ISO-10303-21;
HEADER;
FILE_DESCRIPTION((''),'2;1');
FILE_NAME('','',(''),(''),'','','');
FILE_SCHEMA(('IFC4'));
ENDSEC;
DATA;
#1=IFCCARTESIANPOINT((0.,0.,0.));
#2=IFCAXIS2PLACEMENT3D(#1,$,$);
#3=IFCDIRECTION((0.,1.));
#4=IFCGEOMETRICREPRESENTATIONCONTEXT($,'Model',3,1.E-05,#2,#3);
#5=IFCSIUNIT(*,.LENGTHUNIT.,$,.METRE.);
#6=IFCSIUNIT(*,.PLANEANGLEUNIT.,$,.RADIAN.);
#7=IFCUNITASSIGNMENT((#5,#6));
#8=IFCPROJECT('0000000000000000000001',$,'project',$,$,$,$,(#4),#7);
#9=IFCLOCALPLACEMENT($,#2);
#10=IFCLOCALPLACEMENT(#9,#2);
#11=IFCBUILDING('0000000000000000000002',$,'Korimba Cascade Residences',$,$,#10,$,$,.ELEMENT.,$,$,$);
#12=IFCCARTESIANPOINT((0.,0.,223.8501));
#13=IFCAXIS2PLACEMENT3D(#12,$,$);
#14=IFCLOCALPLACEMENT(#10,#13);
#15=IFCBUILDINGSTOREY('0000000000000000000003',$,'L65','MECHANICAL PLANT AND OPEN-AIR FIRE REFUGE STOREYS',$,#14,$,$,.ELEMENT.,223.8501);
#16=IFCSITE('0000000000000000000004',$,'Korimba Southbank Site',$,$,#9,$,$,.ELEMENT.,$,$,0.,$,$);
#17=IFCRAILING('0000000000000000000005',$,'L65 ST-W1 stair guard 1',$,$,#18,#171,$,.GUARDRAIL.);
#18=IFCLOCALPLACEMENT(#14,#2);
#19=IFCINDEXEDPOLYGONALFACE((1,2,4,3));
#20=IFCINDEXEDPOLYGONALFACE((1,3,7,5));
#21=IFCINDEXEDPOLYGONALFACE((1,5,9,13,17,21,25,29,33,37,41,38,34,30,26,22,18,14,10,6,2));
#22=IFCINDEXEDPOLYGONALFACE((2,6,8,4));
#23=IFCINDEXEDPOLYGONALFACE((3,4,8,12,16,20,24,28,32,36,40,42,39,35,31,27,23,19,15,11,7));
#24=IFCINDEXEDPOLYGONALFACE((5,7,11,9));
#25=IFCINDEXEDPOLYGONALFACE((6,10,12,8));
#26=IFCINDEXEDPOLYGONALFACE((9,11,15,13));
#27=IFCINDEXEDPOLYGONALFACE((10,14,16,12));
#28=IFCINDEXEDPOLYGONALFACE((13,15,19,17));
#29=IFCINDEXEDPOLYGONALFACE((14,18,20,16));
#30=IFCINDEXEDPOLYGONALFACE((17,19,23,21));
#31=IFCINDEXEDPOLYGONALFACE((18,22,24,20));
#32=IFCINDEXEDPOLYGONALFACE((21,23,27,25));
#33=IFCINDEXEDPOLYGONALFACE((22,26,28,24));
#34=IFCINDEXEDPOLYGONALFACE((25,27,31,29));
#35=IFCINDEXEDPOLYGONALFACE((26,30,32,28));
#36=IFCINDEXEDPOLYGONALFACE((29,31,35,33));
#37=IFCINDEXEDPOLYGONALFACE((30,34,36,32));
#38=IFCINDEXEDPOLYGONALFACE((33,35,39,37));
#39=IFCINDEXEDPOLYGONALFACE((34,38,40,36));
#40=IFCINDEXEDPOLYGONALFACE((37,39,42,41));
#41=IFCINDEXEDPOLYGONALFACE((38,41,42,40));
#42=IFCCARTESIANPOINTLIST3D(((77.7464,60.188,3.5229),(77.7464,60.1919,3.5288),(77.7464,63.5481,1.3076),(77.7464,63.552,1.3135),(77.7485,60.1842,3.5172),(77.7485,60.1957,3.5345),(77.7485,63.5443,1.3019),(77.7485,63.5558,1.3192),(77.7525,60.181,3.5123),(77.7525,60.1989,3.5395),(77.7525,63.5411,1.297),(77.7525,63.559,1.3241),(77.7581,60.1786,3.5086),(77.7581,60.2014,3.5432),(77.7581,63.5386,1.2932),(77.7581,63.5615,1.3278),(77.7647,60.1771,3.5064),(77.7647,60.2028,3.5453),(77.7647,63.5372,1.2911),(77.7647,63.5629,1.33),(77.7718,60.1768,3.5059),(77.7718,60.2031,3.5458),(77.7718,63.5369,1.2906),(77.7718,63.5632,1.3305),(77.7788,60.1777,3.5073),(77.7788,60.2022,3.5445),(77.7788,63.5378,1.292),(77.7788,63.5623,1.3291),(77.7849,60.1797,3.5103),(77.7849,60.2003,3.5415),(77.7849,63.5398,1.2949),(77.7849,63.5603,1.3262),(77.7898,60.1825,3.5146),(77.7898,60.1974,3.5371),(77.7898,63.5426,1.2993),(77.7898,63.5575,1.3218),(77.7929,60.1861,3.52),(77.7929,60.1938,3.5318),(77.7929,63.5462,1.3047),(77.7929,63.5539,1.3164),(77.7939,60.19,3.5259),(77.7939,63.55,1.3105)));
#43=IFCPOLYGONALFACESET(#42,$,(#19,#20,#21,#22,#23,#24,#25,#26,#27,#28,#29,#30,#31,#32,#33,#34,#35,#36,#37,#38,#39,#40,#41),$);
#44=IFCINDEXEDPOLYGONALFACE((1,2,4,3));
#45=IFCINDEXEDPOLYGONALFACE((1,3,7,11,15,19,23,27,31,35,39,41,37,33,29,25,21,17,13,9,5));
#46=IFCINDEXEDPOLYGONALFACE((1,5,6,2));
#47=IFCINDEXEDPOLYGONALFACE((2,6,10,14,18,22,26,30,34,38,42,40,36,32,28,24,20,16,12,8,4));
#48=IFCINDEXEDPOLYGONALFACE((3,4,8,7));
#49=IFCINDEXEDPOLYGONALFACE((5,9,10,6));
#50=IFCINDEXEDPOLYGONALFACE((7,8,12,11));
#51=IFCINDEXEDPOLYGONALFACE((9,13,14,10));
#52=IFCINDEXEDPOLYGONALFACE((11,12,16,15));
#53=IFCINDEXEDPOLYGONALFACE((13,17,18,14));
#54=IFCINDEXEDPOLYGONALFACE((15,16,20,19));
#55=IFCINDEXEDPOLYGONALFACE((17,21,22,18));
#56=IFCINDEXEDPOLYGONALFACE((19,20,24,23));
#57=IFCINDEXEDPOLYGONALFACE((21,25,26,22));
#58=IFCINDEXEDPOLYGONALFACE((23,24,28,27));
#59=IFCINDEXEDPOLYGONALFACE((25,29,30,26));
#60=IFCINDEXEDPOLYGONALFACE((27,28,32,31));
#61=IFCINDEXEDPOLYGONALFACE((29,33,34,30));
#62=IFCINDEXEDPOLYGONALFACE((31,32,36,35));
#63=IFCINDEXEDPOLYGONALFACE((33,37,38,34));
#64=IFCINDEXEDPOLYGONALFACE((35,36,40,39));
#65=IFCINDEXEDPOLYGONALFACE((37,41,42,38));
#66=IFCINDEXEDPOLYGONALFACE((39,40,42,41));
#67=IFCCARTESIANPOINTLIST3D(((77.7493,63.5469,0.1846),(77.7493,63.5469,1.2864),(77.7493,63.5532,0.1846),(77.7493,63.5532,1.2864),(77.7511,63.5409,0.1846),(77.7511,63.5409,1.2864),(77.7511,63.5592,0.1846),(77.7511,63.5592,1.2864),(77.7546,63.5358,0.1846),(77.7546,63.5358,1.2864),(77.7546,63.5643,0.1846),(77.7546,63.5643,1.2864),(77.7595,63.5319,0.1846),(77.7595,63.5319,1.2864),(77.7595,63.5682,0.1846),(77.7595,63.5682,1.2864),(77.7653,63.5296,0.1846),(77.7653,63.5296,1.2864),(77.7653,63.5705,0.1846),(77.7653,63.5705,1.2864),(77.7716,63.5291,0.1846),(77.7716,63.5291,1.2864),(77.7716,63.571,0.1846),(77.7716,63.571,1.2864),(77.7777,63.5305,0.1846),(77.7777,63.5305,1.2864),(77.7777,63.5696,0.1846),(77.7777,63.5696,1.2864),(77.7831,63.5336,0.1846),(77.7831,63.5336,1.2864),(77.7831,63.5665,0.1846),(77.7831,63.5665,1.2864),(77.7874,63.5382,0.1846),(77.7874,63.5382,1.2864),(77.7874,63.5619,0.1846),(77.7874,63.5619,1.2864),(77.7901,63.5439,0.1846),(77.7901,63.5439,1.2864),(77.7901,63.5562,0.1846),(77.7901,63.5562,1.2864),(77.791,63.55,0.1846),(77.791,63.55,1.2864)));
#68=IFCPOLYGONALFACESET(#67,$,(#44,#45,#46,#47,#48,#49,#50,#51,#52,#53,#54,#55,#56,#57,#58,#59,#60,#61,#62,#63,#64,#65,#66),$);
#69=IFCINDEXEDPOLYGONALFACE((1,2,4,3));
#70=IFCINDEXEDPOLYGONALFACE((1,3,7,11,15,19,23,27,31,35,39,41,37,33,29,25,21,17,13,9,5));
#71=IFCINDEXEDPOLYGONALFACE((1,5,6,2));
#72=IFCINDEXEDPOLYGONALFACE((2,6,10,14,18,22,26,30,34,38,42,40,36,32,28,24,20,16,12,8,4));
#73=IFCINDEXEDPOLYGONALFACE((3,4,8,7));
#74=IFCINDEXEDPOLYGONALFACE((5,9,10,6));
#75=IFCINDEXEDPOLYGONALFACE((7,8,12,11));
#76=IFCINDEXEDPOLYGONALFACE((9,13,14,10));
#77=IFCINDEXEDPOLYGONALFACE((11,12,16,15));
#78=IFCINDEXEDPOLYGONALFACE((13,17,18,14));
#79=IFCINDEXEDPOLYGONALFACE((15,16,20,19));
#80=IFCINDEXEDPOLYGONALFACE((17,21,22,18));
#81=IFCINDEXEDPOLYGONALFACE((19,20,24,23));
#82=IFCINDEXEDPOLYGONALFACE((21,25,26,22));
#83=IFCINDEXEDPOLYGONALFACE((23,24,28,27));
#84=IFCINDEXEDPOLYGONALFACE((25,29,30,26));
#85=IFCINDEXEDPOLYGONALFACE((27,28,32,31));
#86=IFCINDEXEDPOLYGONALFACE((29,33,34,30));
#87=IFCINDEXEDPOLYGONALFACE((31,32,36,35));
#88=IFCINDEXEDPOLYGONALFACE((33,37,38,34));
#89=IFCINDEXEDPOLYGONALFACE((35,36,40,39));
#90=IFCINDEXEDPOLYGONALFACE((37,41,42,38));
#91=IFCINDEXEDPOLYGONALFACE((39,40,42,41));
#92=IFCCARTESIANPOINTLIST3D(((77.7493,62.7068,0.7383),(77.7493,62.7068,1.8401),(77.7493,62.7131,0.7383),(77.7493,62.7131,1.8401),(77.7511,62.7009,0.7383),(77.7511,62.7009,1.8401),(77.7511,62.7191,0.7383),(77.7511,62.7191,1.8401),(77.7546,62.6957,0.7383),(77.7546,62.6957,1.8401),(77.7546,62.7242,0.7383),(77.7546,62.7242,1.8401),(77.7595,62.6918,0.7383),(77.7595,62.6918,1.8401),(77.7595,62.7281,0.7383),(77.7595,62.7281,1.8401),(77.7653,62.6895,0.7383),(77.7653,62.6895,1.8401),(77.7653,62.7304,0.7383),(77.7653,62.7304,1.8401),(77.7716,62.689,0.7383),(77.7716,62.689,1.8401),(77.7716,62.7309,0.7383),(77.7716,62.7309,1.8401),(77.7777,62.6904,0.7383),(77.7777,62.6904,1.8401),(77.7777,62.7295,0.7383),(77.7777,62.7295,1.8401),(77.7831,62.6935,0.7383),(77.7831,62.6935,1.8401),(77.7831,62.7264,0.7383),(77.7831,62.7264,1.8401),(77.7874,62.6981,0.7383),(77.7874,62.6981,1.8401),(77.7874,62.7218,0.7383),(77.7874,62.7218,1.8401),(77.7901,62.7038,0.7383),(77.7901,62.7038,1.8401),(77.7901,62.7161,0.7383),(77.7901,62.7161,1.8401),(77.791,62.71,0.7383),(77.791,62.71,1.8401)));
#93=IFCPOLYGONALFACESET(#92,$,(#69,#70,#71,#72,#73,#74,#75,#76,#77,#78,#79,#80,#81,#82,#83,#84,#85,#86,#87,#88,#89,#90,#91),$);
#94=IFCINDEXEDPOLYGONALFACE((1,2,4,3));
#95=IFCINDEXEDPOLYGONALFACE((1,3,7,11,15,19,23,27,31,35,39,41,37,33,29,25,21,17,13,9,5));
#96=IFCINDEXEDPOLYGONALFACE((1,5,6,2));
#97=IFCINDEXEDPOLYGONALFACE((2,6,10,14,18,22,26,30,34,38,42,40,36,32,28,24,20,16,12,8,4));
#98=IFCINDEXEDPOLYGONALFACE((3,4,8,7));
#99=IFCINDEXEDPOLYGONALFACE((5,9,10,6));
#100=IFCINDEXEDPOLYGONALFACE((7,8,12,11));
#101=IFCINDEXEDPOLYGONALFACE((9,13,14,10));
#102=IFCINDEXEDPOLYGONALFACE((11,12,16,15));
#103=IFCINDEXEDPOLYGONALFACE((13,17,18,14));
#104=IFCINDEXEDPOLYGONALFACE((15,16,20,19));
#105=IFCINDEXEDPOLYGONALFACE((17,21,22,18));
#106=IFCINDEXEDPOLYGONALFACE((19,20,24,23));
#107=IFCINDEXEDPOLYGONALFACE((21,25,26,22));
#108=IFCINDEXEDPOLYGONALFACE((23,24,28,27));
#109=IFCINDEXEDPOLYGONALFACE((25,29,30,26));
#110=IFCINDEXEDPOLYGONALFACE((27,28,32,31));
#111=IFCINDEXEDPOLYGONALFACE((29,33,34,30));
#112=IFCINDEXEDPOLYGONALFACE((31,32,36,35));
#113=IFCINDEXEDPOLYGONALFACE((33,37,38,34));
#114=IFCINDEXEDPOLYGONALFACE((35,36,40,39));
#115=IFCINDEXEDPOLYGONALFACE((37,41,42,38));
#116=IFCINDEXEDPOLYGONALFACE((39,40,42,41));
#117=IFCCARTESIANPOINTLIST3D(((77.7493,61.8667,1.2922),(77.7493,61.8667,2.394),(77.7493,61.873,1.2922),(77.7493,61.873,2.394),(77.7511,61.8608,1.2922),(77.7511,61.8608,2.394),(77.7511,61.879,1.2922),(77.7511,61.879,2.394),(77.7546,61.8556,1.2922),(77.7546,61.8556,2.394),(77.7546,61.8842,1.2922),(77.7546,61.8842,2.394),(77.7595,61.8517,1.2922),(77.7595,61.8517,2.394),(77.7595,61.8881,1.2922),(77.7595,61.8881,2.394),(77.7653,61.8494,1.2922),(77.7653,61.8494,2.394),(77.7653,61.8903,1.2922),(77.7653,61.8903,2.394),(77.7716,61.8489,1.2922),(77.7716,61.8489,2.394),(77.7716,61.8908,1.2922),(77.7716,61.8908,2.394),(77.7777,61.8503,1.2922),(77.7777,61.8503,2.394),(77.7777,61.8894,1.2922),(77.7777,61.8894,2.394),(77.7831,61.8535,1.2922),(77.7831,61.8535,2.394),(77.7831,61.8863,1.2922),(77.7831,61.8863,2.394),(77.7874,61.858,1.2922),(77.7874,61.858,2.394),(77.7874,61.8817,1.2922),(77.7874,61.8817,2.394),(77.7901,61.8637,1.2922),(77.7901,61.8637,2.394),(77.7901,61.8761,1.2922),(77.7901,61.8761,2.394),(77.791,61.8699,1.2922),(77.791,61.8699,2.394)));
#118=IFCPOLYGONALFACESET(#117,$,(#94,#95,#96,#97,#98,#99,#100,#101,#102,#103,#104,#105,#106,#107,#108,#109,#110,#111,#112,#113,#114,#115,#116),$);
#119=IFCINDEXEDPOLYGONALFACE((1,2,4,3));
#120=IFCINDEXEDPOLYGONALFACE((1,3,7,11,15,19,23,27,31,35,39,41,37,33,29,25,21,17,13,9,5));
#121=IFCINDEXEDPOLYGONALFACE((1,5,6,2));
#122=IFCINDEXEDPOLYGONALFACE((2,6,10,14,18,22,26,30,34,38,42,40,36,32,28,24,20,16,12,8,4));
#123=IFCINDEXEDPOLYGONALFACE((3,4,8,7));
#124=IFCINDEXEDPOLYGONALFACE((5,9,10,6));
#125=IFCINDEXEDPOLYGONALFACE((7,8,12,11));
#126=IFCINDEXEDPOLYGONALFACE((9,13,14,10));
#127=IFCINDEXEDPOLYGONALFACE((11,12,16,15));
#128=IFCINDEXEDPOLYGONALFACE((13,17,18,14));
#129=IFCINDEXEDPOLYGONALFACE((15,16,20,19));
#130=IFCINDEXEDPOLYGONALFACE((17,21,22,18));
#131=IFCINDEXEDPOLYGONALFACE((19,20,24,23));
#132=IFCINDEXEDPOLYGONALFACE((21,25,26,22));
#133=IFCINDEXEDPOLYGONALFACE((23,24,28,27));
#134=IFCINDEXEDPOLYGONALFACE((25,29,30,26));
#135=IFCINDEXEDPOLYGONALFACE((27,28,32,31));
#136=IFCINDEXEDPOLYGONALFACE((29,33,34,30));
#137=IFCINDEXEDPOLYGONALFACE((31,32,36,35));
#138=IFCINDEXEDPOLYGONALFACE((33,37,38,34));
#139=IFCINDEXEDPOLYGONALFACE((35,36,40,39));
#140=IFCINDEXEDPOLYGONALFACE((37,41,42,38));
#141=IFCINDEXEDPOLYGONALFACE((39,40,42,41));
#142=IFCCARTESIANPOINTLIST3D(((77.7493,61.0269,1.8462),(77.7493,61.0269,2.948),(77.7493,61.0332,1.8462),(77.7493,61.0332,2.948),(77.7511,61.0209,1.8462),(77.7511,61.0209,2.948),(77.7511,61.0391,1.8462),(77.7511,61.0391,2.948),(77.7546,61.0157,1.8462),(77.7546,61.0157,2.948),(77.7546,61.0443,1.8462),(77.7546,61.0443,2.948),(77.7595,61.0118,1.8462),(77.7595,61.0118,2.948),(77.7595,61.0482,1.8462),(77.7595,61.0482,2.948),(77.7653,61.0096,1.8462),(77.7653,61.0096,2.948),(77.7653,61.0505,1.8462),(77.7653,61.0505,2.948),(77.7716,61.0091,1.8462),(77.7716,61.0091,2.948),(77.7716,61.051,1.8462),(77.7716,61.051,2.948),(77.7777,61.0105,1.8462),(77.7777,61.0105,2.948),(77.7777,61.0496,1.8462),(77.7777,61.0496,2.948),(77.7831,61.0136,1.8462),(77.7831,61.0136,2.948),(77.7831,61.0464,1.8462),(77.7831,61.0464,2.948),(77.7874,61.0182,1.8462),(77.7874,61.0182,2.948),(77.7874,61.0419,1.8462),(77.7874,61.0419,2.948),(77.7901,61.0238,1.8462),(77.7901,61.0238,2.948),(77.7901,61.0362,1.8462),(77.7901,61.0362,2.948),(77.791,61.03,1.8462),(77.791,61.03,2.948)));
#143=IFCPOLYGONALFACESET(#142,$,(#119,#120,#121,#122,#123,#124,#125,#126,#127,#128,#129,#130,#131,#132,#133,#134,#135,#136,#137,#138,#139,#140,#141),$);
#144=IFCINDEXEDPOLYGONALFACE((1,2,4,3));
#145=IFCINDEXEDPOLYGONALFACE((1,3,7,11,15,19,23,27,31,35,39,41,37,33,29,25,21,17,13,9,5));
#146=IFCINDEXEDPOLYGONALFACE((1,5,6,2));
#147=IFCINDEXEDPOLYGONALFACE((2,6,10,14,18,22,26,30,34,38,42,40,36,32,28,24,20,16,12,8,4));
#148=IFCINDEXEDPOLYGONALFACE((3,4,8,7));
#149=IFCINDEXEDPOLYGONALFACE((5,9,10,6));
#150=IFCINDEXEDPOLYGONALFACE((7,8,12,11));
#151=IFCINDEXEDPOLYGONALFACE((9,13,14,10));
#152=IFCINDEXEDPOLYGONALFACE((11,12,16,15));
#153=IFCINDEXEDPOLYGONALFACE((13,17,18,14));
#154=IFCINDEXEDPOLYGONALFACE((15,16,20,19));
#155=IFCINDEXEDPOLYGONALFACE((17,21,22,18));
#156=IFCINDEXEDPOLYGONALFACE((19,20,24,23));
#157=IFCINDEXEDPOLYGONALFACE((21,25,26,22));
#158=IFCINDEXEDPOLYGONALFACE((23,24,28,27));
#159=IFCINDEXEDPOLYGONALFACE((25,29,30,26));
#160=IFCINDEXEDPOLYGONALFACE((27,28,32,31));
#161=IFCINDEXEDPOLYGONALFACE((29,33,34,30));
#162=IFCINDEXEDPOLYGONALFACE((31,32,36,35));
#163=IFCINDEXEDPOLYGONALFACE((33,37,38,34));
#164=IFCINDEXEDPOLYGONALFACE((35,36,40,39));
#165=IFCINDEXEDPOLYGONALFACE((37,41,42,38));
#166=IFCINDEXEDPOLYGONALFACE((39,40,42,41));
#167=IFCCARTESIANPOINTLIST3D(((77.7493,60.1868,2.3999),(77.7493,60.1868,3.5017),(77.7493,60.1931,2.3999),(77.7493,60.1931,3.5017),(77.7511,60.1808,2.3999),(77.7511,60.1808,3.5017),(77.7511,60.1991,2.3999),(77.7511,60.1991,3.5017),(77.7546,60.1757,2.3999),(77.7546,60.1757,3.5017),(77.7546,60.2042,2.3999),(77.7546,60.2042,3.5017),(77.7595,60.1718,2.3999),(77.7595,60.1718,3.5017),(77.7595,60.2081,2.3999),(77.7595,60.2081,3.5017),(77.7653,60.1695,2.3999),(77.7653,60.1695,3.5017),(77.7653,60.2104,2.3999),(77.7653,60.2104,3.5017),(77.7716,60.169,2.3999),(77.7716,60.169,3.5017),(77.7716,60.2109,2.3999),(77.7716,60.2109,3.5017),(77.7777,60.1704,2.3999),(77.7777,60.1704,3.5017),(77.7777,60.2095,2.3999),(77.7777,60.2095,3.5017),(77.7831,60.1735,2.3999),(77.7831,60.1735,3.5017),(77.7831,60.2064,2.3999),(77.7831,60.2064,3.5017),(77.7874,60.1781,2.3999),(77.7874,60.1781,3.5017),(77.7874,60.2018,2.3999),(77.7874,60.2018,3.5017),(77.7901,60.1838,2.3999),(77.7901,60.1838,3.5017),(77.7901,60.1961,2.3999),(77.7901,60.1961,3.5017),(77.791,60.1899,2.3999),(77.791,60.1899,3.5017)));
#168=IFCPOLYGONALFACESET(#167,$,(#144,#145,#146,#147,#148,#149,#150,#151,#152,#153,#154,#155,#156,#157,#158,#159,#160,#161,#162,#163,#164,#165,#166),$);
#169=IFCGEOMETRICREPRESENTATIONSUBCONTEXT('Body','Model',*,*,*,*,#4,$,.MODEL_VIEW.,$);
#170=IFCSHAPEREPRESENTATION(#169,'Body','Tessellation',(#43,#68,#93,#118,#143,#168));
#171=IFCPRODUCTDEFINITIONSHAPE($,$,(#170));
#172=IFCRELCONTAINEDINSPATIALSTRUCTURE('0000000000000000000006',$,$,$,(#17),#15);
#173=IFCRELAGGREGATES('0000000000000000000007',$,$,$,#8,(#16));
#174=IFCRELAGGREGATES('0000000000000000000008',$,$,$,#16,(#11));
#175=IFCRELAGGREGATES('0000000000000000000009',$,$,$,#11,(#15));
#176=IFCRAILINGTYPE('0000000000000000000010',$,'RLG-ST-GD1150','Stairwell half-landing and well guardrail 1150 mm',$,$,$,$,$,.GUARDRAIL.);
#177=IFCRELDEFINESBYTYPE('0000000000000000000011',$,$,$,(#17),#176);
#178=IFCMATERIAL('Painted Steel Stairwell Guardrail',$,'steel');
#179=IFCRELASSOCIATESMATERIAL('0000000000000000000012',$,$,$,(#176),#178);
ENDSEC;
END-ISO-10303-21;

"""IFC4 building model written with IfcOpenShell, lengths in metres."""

from ifc_helpers import new_model, si_unit, direction, frame, origin, origin_2d, place, context, subcontext, project, spatial, circle, extrude, material, type_object, element, save


model = new_model("IFC4")

# Units and contexts
model_context = context("Model", 3, precision=1e-05, world=origin(), true_north=direction((0.0, 1.0)))
body_context = subcontext(model_context, "Body", "Model", "MODEL_VIEW")
ifc_project = project(units=[si_unit("LENGTHUNIT", "METRE"), si_unit("PLANEANGLEUNIT", "RADIAN")], contexts=[model_context])

# Site, building, storey
site_placement = place(None, origin())
site = spatial("IfcSite", under=ifc_project, at=site_placement, Name="Korimba Southbank Site", CompositionType="ELEMENT", RefElevation=0.0)
building_placement = place(site_placement, origin())
building = spatial("IfcBuilding", under=site, at=building_placement, Name="Korimba Cascade Residences", CompositionType="ELEMENT")
storey_placement = place(building_placement, frame((0.0, 0.0, 223.8501)))
storey = spatial("IfcBuildingStorey", under=building, at=storey_placement, Name="L65", Description="MECHANICAL PLANT AND OPEN-AIR FIRE REFUGE STOREYS", CompositionType="ELEMENT", Elevation=223.8501)

# Railing
ifc_material_1 = material(Name="Painted Steel Stairwell Guardrail", Category="steel")
railing_type_1 = type_object("IfcRailingType", Name="RLG-ST-GD1150", Description="Stairwell half-landing and well guardrail 1150 mm", PredefinedType="GUARDRAIL", material=ifc_material_1)
railing_1_placement = place(storey_placement, frame((77.77, 63.55, 0.1846)))
element("IfcRailing", 1, at=railing_1_placement, inside=storey, type_object=railing_type_1, Name="L65 ST-W1 stair guard 1", PredefinedType="GUARDRAIL", context=body_context, shape_type="SweptSolid", body=[
    extrude(circle(Radius=0.0239, at=origin_2d()), frame((0.0, 0.0, 1.126), z_axis=(0.0, -0.834876, 0.550437), x_axis=(1.0, 0.0, 0.0)), (0.0, 0.0, 1.0), 4.0247),
    extrude(circle(Radius=0.021, at=origin_2d()), origin(), (0.0, 0.0, 1.0), 1.1018),
    extrude(circle(Radius=0.021, at=origin_2d()), frame((0.0, -0.8401, 0.5537)), (0.0, 0.0, 1.0), 1.1018),
    extrude(circle(Radius=0.021, at=origin_2d()), frame((0.0, -1.6802, 1.1077)), (0.0, 0.0, 1.0), 1.1018),
    extrude(circle(Radius=0.021, at=origin_2d()), frame((0.0, -2.52, 1.6616)), (0.0, 0.0, 1.0), 1.1018),
    extrude(circle(Radius=0.021, at=origin_2d()), frame((0.0, -3.3601, 2.2153)), (0.0, 0.0, 1.0), 1.1018),
])

save(model, "model.ifc")
